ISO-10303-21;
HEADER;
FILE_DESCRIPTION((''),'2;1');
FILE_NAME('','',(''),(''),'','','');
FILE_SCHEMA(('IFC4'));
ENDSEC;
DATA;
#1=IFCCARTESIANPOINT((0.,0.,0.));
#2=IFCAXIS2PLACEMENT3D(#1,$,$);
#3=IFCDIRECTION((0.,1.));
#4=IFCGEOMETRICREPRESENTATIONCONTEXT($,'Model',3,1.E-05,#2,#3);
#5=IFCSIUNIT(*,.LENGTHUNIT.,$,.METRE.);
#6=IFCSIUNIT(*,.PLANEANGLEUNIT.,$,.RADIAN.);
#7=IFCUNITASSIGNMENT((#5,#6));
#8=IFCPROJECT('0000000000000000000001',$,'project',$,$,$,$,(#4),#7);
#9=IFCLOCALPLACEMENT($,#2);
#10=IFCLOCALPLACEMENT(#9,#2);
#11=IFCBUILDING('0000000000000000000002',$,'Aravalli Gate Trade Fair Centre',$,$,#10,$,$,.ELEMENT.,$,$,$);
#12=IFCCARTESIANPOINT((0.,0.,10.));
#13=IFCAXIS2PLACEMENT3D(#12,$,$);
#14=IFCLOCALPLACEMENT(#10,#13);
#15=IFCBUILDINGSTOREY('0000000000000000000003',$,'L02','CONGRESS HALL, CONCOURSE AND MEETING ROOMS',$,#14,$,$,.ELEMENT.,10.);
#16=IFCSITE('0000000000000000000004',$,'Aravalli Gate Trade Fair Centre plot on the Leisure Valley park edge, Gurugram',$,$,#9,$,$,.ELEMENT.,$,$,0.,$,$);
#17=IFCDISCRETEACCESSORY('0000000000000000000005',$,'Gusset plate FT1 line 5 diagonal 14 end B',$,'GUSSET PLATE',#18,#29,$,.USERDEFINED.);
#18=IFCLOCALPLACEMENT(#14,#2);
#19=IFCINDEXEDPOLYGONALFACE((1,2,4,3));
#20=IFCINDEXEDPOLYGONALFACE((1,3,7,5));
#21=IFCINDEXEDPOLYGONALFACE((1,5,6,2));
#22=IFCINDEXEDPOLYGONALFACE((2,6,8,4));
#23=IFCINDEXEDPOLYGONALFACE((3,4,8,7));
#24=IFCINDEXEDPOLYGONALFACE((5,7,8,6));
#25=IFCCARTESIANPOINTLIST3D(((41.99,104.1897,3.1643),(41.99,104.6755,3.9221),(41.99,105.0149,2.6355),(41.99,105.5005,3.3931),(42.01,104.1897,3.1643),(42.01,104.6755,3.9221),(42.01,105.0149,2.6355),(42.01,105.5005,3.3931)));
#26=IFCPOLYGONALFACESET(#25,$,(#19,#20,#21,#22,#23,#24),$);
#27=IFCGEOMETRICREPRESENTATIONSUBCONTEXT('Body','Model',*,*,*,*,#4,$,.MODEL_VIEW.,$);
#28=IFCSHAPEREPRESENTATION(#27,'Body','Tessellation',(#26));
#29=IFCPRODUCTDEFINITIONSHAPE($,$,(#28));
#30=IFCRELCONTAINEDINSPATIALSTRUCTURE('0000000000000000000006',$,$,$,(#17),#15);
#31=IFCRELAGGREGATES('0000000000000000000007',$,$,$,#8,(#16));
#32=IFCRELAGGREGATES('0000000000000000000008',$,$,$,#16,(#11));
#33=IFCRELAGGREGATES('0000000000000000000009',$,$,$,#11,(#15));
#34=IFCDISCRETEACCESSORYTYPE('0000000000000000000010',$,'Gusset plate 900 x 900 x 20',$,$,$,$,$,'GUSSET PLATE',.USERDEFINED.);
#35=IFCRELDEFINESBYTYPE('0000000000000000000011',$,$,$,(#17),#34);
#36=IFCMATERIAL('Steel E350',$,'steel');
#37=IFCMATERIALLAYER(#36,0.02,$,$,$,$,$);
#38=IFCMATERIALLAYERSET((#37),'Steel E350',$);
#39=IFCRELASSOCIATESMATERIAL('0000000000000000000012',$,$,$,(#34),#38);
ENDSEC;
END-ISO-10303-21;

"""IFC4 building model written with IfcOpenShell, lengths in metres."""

from ifc_helpers import new_model, si_unit, direction, frame, origin, place, context, subcontext, project, spatial, polyline, outline, extrude, material, layer, layer_set, type_object, element, save


model = new_model("IFC4")

# Units and contexts
model_context = context("Model", 3, precision=1e-05, world=origin(), true_north=direction((0.0, 1.0)))
body_context = subcontext(model_context, "Body", "Model", "MODEL_VIEW")
ifc_project = project(units=[si_unit("LENGTHUNIT", "METRE"), si_unit("PLANEANGLEUNIT", "RADIAN")], contexts=[model_context])

# Site, building, storey
site_placement = place(None, origin())
site = spatial("IfcSite", under=ifc_project, at=site_placement, Name="Aravalli Gate Trade Fair Centre plot on the Leisure Valley park edge, Gurugram", CompositionType="ELEMENT", RefElevation=0.0)
building_placement = place(site_placement, origin())
building = spatial("IfcBuilding", under=site, at=building_placement, Name="Aravalli Gate Trade Fair Centre", CompositionType="ELEMENT")
storey_placement = place(building_placement, frame((0.0, 0.0, 10.0)))
storey = spatial("IfcBuildingStorey", under=building, at=storey_placement, Name="L02", Description="CONGRESS HALL, CONCOURSE AND MEETING ROOMS", CompositionType="ELEMENT", Elevation=10.0)

# Shared definitions
ifc_material_1 = material(Name="Steel E350", Category="steel")

# Discrete accessory
ifc_layer_1 = layer(ifc_material_1, 0.02)
ifc_layer_set_1 = layer_set([ifc_layer_1], Name="Steel E350")
discrete_accessory_type = type_object("IfcDiscreteAccessoryType", Name="Gusset plate 900 x 900 x 20", ElementType="GUSSET PLATE", PredefinedType="USERDEFINED", material=ifc_layer_set_1)
discrete_accessory_placement = place(storey_placement, frame((41.99, 105.0149, 2.6355), z_axis=(-1.0, 0.0, 0.0), x_axis=(0.0, -0.841955, 0.539548)))
element("IfcDiscreteAccessory", 1, at=discrete_accessory_placement, inside=storey, type_object=discrete_accessory_type, Name="Gusset plate FT1 line 5 diagonal 14 end B", ObjectType="GUSSET PLATE", PredefinedType="USERDEFINED", context=body_context, shape_type="SweptSolid", body=[
    extrude(outline(polyline([(0.0, 0.0), (0.9801, 0.0), (0.9799, 0.9002), (-0.0001, 0.8998), (0.0, 0.0)])), origin(), (0.0, 0.0, -1.0), 0.02),
])

save(model, "model.ifc")
